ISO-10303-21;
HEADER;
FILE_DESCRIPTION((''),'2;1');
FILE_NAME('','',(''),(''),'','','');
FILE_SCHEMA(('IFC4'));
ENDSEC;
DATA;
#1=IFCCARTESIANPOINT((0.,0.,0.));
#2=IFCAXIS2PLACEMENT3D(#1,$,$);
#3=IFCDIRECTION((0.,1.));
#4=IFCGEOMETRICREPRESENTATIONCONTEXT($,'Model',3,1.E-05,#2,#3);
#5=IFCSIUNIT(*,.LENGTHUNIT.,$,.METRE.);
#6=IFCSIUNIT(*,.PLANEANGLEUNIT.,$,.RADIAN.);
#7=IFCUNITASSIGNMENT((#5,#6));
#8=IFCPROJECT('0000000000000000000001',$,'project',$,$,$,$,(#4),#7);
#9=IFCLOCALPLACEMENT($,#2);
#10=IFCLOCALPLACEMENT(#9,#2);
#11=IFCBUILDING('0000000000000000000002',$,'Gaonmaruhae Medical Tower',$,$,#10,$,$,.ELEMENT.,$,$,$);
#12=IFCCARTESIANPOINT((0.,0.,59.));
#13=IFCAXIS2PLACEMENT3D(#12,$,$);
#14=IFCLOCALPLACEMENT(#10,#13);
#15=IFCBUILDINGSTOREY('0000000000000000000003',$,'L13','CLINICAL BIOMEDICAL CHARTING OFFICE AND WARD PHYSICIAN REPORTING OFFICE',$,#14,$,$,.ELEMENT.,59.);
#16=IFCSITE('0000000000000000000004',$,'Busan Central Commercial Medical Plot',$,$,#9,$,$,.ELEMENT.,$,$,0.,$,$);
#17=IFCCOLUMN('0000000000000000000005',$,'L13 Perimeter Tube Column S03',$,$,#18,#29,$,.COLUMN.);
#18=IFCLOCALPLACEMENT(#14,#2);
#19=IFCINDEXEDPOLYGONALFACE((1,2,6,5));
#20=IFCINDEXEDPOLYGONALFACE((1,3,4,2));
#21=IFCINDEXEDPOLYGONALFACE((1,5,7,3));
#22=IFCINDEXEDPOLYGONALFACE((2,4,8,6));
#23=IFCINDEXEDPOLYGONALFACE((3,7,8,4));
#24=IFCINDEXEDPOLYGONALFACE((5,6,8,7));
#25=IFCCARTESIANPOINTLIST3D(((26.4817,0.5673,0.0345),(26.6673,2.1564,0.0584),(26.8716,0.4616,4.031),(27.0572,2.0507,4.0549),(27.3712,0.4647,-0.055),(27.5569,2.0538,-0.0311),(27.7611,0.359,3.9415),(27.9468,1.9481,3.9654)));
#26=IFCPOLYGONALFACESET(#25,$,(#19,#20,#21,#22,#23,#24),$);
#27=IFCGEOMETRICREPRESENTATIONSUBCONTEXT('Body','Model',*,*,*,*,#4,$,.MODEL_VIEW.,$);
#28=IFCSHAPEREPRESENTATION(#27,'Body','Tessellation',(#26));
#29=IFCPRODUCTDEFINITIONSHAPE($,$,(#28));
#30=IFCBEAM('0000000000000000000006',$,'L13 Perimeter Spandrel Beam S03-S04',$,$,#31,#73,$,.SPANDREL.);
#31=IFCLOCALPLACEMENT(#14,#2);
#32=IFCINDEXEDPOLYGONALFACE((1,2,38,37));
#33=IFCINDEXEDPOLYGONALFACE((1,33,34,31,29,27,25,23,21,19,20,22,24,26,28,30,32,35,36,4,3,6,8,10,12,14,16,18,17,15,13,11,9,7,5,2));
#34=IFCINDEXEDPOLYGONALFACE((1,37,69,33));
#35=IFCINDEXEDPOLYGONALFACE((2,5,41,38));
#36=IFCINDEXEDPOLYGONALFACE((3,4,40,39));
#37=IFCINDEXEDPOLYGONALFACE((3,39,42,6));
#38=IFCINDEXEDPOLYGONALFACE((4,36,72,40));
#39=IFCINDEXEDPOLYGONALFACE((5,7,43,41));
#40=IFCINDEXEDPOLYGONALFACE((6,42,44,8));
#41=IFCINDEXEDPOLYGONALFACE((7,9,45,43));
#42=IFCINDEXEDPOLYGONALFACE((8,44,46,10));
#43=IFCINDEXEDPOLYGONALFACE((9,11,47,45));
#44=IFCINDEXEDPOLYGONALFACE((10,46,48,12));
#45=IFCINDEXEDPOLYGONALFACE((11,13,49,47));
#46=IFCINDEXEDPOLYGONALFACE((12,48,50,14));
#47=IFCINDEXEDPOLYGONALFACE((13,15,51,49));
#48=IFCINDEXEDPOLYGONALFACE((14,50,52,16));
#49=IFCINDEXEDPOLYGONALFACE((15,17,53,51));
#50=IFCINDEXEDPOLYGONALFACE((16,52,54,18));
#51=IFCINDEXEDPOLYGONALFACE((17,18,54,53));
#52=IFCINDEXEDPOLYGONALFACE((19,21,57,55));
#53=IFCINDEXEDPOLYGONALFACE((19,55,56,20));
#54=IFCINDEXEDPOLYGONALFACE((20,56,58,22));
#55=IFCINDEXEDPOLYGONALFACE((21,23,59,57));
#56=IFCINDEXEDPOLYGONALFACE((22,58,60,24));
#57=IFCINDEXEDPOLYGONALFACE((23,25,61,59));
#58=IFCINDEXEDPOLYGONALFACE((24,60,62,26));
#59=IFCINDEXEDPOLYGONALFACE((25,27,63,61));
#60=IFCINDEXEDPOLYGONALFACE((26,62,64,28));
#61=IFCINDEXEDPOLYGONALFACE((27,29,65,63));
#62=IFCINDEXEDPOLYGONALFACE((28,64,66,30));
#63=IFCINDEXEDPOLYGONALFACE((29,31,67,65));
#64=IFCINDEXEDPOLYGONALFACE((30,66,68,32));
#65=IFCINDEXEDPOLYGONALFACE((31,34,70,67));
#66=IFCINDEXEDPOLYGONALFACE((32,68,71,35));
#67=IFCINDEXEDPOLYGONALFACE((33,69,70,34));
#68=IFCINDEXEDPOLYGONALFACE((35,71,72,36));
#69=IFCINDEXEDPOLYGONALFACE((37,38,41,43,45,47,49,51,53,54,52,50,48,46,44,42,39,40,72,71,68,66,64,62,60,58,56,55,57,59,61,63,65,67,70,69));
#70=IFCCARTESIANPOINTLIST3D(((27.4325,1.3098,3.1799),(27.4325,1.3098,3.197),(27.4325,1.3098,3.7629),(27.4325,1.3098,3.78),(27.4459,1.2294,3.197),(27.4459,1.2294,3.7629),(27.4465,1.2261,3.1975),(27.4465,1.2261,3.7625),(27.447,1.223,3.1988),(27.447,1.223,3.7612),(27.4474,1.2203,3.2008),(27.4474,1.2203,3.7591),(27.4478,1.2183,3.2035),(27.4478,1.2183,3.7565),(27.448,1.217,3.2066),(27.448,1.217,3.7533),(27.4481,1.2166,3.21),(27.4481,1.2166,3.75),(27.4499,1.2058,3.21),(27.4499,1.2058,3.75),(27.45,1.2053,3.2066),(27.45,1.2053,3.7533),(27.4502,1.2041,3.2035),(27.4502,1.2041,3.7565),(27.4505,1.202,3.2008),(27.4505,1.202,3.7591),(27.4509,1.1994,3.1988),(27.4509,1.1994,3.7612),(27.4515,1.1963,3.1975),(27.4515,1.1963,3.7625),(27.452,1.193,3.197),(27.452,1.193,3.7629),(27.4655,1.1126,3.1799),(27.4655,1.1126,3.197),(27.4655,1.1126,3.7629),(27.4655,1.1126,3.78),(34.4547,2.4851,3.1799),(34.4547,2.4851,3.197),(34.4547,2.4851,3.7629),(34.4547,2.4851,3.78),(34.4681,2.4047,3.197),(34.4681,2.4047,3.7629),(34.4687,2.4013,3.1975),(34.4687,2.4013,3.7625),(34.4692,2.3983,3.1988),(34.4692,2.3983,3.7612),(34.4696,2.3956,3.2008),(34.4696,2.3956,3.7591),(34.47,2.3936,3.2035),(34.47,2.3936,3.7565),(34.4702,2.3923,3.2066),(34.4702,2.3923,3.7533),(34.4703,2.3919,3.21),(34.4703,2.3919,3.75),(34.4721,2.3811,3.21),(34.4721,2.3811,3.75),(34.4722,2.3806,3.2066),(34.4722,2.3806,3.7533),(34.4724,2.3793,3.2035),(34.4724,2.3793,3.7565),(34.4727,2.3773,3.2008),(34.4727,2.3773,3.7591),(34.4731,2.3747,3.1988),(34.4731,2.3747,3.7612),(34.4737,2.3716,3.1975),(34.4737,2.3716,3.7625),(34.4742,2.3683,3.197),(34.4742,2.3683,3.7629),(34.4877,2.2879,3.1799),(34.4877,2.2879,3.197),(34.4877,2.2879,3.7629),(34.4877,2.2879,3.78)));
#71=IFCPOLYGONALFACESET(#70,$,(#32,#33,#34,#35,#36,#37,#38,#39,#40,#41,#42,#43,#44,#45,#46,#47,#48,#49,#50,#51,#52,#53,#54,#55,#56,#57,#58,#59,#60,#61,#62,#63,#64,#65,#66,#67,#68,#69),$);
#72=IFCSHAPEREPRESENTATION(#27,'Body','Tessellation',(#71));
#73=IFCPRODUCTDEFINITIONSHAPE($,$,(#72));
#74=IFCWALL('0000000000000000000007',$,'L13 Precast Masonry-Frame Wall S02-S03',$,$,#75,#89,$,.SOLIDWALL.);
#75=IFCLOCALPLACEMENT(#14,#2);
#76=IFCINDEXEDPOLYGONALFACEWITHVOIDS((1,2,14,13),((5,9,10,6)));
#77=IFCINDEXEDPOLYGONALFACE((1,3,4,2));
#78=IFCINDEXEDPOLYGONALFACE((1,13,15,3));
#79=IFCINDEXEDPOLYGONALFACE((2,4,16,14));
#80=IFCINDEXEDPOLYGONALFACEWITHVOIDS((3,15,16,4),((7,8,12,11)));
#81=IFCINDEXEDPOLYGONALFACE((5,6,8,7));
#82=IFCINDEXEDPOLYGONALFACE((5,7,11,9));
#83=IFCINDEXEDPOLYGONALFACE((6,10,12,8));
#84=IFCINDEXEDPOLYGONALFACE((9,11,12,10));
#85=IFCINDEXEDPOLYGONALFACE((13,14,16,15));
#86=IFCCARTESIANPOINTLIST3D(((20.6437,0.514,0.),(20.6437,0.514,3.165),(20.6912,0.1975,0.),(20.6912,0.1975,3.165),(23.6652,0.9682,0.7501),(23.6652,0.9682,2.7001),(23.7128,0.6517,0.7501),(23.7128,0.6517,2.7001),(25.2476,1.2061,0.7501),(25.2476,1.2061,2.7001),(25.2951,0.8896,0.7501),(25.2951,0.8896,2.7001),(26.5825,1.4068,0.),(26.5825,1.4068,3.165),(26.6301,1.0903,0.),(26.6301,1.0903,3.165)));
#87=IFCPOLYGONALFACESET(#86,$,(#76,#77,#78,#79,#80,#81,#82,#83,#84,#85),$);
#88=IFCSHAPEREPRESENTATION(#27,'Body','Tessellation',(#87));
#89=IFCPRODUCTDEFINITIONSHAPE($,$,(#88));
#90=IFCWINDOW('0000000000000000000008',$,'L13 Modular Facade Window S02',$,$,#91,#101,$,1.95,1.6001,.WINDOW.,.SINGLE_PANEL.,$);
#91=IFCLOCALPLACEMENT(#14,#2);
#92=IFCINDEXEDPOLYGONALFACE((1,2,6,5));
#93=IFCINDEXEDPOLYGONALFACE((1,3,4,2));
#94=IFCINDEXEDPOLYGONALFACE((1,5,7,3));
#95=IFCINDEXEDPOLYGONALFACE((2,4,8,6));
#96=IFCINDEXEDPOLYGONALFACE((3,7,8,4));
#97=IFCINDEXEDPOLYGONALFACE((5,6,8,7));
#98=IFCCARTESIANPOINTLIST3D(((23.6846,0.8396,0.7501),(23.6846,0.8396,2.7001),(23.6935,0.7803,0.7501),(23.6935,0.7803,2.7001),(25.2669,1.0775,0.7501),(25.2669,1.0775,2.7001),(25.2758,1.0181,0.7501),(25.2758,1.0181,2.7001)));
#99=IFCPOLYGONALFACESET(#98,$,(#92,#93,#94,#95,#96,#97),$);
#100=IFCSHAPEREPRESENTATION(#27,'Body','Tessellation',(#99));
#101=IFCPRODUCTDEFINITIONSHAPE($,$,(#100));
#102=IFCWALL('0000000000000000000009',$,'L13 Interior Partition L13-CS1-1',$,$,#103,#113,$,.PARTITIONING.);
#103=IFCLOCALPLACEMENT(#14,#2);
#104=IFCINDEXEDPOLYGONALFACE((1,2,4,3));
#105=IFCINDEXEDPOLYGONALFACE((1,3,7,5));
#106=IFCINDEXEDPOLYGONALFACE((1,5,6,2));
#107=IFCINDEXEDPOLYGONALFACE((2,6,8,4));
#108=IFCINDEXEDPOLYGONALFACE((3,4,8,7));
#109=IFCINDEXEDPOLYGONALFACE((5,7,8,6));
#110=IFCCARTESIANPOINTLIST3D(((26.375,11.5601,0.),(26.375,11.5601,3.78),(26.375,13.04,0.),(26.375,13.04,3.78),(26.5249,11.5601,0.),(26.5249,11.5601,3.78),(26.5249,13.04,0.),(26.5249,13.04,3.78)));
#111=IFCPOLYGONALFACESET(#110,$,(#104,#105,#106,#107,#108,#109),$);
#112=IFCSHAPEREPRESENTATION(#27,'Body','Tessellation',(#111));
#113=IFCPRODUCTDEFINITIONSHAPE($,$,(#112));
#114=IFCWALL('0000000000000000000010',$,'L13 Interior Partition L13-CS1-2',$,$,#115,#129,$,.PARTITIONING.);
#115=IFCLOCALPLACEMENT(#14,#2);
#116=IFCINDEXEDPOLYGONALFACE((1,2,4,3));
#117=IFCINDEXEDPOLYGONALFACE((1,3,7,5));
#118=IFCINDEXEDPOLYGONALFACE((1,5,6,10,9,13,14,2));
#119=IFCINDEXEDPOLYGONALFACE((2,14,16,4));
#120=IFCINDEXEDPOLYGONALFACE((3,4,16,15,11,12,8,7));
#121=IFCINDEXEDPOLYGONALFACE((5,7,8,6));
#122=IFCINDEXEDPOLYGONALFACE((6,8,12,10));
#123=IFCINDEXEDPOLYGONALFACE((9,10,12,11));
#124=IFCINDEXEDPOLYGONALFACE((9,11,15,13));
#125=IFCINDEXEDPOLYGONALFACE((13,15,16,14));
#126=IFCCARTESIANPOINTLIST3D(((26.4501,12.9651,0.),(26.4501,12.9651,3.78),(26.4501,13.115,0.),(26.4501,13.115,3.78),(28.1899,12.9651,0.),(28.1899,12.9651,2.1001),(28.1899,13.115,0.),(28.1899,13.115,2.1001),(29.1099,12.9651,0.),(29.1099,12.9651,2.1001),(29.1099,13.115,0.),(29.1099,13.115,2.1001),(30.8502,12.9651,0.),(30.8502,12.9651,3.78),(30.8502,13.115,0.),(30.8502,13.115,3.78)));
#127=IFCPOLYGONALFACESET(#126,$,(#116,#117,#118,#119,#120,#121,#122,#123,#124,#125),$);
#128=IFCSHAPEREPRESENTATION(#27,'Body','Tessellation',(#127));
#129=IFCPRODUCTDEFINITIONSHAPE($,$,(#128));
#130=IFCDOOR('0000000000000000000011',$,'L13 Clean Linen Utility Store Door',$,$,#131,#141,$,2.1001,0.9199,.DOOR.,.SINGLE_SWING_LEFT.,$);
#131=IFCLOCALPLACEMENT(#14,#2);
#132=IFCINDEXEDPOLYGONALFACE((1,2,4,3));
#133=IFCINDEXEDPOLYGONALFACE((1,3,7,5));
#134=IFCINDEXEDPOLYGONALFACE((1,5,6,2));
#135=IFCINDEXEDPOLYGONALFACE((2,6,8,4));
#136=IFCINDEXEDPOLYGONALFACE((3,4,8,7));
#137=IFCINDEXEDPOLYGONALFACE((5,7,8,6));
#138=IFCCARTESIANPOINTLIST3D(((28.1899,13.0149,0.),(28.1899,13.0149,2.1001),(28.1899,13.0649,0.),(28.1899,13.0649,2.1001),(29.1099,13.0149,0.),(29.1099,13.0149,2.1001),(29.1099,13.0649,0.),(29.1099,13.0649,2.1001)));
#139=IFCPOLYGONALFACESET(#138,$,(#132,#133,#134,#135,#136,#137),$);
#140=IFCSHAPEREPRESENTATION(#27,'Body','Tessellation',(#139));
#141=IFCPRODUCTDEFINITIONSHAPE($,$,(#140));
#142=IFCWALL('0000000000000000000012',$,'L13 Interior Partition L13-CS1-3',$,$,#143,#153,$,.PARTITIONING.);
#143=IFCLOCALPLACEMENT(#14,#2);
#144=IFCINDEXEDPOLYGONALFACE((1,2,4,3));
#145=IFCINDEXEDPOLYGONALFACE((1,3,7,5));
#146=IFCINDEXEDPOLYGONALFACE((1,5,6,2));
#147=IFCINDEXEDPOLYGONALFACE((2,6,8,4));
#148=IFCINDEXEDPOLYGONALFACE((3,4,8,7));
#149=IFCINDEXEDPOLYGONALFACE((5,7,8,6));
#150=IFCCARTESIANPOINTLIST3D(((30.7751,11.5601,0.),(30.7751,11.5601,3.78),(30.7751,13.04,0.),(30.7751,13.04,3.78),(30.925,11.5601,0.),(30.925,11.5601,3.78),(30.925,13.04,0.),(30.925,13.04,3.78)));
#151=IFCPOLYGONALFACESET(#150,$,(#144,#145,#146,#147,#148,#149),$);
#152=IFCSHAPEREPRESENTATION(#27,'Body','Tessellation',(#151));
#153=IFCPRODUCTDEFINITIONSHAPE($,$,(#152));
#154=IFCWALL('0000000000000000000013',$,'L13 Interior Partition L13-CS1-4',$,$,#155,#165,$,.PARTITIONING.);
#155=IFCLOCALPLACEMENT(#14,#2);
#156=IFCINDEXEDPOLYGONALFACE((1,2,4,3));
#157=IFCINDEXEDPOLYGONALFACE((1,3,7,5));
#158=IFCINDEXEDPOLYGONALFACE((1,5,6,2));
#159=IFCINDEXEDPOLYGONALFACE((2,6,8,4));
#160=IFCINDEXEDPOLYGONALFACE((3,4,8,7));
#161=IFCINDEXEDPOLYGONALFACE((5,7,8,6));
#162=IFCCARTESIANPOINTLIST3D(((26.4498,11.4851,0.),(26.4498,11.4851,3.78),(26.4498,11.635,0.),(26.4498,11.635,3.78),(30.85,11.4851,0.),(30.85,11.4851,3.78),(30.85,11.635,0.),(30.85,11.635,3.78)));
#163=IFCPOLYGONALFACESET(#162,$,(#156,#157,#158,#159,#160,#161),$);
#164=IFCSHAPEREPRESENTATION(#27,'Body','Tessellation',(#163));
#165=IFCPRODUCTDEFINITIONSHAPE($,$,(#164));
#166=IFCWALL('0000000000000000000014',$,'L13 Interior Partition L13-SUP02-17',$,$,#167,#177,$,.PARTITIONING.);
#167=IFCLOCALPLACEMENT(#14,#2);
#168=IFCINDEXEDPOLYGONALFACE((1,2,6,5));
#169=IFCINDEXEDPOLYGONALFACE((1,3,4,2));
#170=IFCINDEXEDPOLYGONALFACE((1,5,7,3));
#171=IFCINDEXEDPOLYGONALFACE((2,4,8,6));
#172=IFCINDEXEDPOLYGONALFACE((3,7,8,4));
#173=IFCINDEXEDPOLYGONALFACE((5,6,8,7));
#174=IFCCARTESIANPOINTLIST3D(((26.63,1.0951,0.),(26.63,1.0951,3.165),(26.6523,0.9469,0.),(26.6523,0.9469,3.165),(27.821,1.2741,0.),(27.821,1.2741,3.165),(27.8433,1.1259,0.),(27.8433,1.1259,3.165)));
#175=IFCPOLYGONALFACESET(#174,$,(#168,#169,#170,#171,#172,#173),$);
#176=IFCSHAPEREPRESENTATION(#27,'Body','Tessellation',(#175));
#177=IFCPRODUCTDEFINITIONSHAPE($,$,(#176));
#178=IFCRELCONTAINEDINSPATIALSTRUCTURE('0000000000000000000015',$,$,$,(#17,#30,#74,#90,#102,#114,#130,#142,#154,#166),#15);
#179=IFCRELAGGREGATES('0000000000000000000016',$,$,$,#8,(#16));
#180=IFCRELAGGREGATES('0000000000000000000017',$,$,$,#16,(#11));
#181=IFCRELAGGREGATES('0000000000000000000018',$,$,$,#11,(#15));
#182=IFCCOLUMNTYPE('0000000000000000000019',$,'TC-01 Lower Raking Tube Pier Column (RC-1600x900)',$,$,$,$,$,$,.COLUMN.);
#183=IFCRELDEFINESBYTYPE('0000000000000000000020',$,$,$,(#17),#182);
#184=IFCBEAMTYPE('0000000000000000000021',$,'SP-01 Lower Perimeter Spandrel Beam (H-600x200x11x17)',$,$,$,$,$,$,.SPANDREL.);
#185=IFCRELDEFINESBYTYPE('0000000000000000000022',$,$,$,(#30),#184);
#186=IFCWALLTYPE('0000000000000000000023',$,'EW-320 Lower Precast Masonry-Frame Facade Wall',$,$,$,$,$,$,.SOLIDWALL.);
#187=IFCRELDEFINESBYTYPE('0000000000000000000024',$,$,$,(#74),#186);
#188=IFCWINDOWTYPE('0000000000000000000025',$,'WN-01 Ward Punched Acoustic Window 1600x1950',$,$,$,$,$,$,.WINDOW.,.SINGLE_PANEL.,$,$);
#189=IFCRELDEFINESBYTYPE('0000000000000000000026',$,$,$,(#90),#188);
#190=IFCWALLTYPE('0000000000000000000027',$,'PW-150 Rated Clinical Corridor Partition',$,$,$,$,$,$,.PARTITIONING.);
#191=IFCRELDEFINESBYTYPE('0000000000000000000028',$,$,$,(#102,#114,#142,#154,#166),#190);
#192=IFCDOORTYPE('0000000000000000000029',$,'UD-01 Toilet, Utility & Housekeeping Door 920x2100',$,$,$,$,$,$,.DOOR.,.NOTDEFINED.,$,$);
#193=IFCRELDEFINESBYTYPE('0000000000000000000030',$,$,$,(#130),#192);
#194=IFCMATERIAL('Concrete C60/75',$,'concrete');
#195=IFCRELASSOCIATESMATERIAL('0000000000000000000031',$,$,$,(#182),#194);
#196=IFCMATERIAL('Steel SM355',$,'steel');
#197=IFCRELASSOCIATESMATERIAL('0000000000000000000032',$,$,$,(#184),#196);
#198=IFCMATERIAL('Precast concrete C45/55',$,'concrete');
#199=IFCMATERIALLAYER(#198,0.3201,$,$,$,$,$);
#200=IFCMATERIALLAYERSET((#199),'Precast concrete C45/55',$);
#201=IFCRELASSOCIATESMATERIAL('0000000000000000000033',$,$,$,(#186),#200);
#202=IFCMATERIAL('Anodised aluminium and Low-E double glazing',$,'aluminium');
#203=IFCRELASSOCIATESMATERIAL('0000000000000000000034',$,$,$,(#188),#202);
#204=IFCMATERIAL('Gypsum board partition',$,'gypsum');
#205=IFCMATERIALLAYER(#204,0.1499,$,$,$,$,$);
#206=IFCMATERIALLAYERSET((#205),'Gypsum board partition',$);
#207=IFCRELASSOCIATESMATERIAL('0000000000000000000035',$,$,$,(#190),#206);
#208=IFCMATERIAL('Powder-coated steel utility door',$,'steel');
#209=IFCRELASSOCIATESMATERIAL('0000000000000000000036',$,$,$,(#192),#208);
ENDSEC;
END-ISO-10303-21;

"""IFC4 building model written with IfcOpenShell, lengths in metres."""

from ifc_helpers import new_model, si_unit, direction, frame, frame_2d, origin, origin_2d, place, context, subcontext, project, spatial, rectangle, i_section, extrude, material, layer, layer_set, material_profile, profile_set, type_object, element, fill, save


model = new_model("IFC4")

# Units and contexts
model_context = context("Model", 3, precision=1e-05, world=origin(), true_north=direction((0.0, 1.0)))
body_context = subcontext(model_context, "Body", "Model", "MODEL_VIEW")
ifc_project = project(units=[si_unit("LENGTHUNIT", "METRE"), si_unit("PLANEANGLEUNIT", "RADIAN")], contexts=[model_context])

# Site, building, storey
site_placement = place(None, origin())
site = spatial("IfcSite", under=ifc_project, at=site_placement, Name="Busan Central Commercial Medical Plot", CompositionType="ELEMENT", RefElevation=0.0)
building_placement = place(site_placement, origin())
building = spatial("IfcBuilding", under=site, at=building_placement, Name="Gaonmaruhae Medical Tower", CompositionType="ELEMENT")
storey_placement = place(building_placement, frame((0.0, 0.0, 59.0)))
storey = spatial("IfcBuildingStorey", under=building, at=storey_placement, Name="L13", Description="CLINICAL BIOMEDICAL CHARTING OFFICE AND WARD PHYSICIAN REPORTING OFFICE", CompositionType="ELEMENT", Elevation=59.0)

# Column
ifc_material_1 = material(Name="Concrete C60/75", Category="concrete")
ifc_material_profile_1 = material_profile(ifc_material_1, rectangle(XDim=1.6001, YDim=0.8999, at=origin_2d()), Name="RC-1600x900")
ifc_profile_set_1 = profile_set([ifc_material_profile_1], Name="Concrete C60/75")
column_type = type_object("IfcColumnType", Name="TC-01 Lower Raking Tube Pier Column (RC-1600x900)", PredefinedType="COLUMN", material=ifc_profile_set_1)
column_placement = place(storey_placement, frame((27.0193, 1.3105, 0.0017), z_axis=(0.097062, -0.026317, 0.99493), x_axis=(0.116013, 0.993135, 0.014951)))
element("IfcColumn", 1, at=column_placement, inside=storey, type_object=column_type, Name="L13 Perimeter Tube Column S03", PredefinedType="COLUMN", context=body_context, shape_type="SweptSolid", body=[
    extrude(rectangle(XDim=1.6001, YDim=0.8999, at=origin_2d()), origin(), (0.0, 0.0, 1.0), 4.0168),
])

# Beam
ifc_material_2 = material(Name="Steel SM355", Category="steel")
ifc_material_profile_2 = material_profile(ifc_material_2, i_section(OverallWidth=0.2, OverallDepth=0.6001, WebThickness=0.011, FlangeThickness=0.0171, FilletRadius=0.0129, at=origin_2d()), Name="H-600x200x11x17")
ifc_profile_set_2 = profile_set([ifc_material_profile_2], Name="Steel SM355")
beam_type = type_object("IfcBeamType", Name="SP-01 Lower Perimeter Spandrel Beam (H-600x200x11x17)", PredefinedType="SPANDREL", material=ifc_profile_set_2)
beam_placement = place(storey_placement, frame((27.449, 1.2112, 3.48), z_axis=(0.986282, 0.165072, 0.0), x_axis=(-0.165072, 0.986282, 0.0)))
element("IfcBeam", 2, at=beam_placement, inside=storey, type_object=beam_type, Name="L13 Perimeter Spandrel Beam S03-S04", PredefinedType="SPANDREL", context=body_context, shape_type="SweptSolid", body=[
    extrude(i_section(OverallWidth=0.2, OverallDepth=0.6001, WebThickness=0.011, FlangeThickness=0.0171, FilletRadius=0.0129, at=origin_2d()), origin(), (0.0, 0.0, 1.0), 7.1199),
])

# Wall, opening, window
ifc_material_3 = material(Name="Precast concrete C45/55", Category="concrete")
ifc_layer_1 = layer(ifc_material_3, 0.3201)
ifc_layer_set_1 = layer_set([ifc_layer_1], Name="Precast concrete C45/55")
wall_type_1 = type_object("IfcWallType", Name="EW-320 Lower Precast Masonry-Frame Facade Wall", PredefinedType="SOLIDWALL", material=ifc_layer_set_1)
wall_1_placement = place(storey_placement, frame((26.6064, 1.2485, 0.0), z_axis=(0.0, 0.0, 1.0), x_axis=(-0.988888, -0.148662, 0.0)))
wall_1 = element("IfcWall", 3, at=wall_1_placement, inside=storey, type_object=wall_type_1, Name="L13 Precast Masonry-Frame Wall S02-S03", PredefinedType="SOLIDWALL", context=body_context, shape_type="SweptSolid", body=[
    extrude(rectangle(XDim=6.0056, YDim=0.3201, at=frame_2d((3.0029, 0.0))), origin(), (0.0, 0.0, 1.0), 3.165),
])
opening_1_placement = place(wall_1_placement, frame((1.3501, 0.0, 0.75)))
opening_1 = element("IfcOpeningElement", 4, at=opening_1_placement, cuts=wall_1, PredefinedType="OPENING", context=body_context, shape_type="SweptSolid", body=[
    extrude(rectangle(XDim=1.6001, YDim=1.95, at=frame_2d((0.8, 0.9751))), frame((0.0, 0.1699, 0.0), z_axis=(0.0, -1.0, 0.0), x_axis=(1.0, 0.0, 0.0)), (0.0, 0.0, 1.0), 0.3401),
])
ifc_material_4 = material(Name="Anodised aluminium and Low-E double glazing", Category="aluminium")
window_type = type_object("IfcWindowType", Name="WN-01 Ward Punched Acoustic Window 1600x1950", PartitioningType="SINGLE_PANEL", PredefinedType="WINDOW", material=ifc_material_4)
window_placement = place(opening_1_placement, origin())
window = element("IfcWindow", 5, at=window_placement, inside=storey, type_object=window_type, Name="L13 Modular Facade Window S02", OverallHeight=1.95, OverallWidth=1.6001, PartitioningType="SINGLE_PANEL", PredefinedType="WINDOW", context=body_context, shape_type="SweptSolid", body=[
    extrude(rectangle(XDim=1.6001, YDim=1.95, at=frame_2d((0.8, 0.9751))), frame((0.0, 0.03, 0.0), z_axis=(0.0, -1.0, 0.0), x_axis=(1.0, 0.0, 0.0)), (0.0, 0.0, 1.0), 0.0601),
])
fill(opening_1, window)

# Wall
ifc_material_5 = material(Name="Gypsum board partition", Category="gypsum")
ifc_layer_2 = layer(ifc_material_5, 0.1499)
ifc_layer_set_2 = layer_set([ifc_layer_2], Name="Gypsum board partition")
wall_type_2 = type_object("IfcWallType", Name="PW-150 Rated Clinical Corridor Partition", PredefinedType="PARTITIONING", material=ifc_layer_set_2)
wall_2_placement = place(storey_placement, frame((26.45, 11.5601, 0.0), z_axis=(0.0, 0.0, 1.0), x_axis=(0.0, 1.0, 0.0)))
element("IfcWall", 6, at=wall_2_placement, inside=storey, type_object=wall_type_2, Name="L13 Interior Partition L13-CS1-1", PredefinedType="PARTITIONING", context=body_context, shape_type="SweptSolid", body=[
    extrude(rectangle(XDim=1.48, YDim=0.1499, at=frame_2d((0.74, 0.0))), origin(), (0.0, 0.0, 1.0), 3.78),
])

# Wall, opening, door
wall_3_placement = place(storey_placement, frame((26.45, 13.04, 0.0), z_axis=(0.0, 0.0, 1.0), x_axis=(1.0, 0.0, 0.0)))
wall_3 = element("IfcWall", 7, at=wall_3_placement, inside=storey, type_object=wall_type_2, Name="L13 Interior Partition L13-CS1-2", PredefinedType="PARTITIONING", context=body_context, shape_type="SweptSolid", body=[
    extrude(rectangle(XDim=4.4001, YDim=0.1499, at=frame_2d((2.2002, 0.0))), origin(), (0.0, 0.0, 1.0), 3.78),
])
opening_2_placement = place(wall_3_placement, frame((1.74, 0.0, 0.0)))
opening_2 = element("IfcOpeningElement", 8, at=opening_2_placement, cuts=wall_3, PredefinedType="OPENING", context=body_context, shape_type="SweptSolid", body=[
    extrude(rectangle(XDim=0.9199, YDim=2.1001, at=frame_2d((0.46, 1.05))), frame((0.0, 0.085, 0.0), z_axis=(0.0, -1.0, 0.0), x_axis=(1.0, 0.0, 0.0)), (0.0, 0.0, 1.0), 0.1699),
])
ifc_material_6 = material(Name="Powder-coated steel utility door", Category="steel")
door_type_1 = type_object("IfcDoorType", Name="UD-01 Toilet, Utility & Housekeeping Door 920x2100", OperationType="NOTDEFINED", PredefinedType="DOOR", material=ifc_material_6)
door_1_placement = place(opening_2_placement, origin())
door_1 = element("IfcDoor", 9, at=door_1_placement, inside=storey, type_object=door_type_1, Name="L13 Clean Linen Utility Store Door", OperationType="SINGLE_SWING_LEFT", OverallHeight=2.1001, OverallWidth=0.9199, PredefinedType="DOOR", context=body_context, shape_type="SweptSolid", body=[
    extrude(rectangle(XDim=0.9199, YDim=2.1001, at=frame_2d((0.46, 1.05))), frame((0.0, 0.0249, 0.0), z_axis=(0.0, -1.0, 0.0), x_axis=(1.0, 0.0, 0.0)), (0.0, 0.0, 1.0), 0.05),
])
fill(opening_2, door_1)

# Walls
wall_4_placement = place(storey_placement, frame((30.8501, 13.04, 0.0), z_axis=(0.0, 0.0, 1.0), x_axis=(0.0, -1.0, 0.0)))
element("IfcWall", 10, at=wall_4_placement, inside=storey, type_object=wall_type_2, Name="L13 Interior Partition L13-CS1-3", PredefinedType="PARTITIONING", context=body_context, shape_type="SweptSolid", body=[
    extrude(rectangle(XDim=1.48, YDim=0.1499, at=frame_2d((0.74, 0.0))), origin(), (0.0, 0.0, 1.0), 3.78),
])
wall_5_placement = place(storey_placement, frame((30.8501, 11.5601, 0.0), z_axis=(0.0, 0.0, 1.0), x_axis=(-1.0, 0.0, 0.0)))
element("IfcWall", 11, at=wall_5_placement, inside=storey, type_object=wall_type_2, Name="L13 Interior Partition L13-CS1-4", PredefinedType="PARTITIONING", context=body_context, shape_type="SweptSolid", body=[
    extrude(rectangle(XDim=4.4001, YDim=0.1499, at=frame_2d((2.2002, 0.0))), origin(), (0.0, 0.0, 1.0), 3.78),
])
wall_6_placement = place(storey_placement, frame((27.832, 1.2, 0.0), z_axis=(0.0, 0.0, 1.0), x_axis=(-0.988898, -0.148598, 0.0)))
element("IfcWall", 12, at=wall_6_placement, inside=storey, type_object=wall_type_2, Name="L13 Interior Partition L13-SUP02-17", PredefinedType="PARTITIONING", context=body_context, shape_type="SweptSolid", body=[
    extrude(rectangle(XDim=1.2043, YDim=0.1499, at=frame_2d((0.6021, 0.0))), origin(), (0.0, 0.0, 1.0), 3.165),
])

save(model, "model.ifc")
